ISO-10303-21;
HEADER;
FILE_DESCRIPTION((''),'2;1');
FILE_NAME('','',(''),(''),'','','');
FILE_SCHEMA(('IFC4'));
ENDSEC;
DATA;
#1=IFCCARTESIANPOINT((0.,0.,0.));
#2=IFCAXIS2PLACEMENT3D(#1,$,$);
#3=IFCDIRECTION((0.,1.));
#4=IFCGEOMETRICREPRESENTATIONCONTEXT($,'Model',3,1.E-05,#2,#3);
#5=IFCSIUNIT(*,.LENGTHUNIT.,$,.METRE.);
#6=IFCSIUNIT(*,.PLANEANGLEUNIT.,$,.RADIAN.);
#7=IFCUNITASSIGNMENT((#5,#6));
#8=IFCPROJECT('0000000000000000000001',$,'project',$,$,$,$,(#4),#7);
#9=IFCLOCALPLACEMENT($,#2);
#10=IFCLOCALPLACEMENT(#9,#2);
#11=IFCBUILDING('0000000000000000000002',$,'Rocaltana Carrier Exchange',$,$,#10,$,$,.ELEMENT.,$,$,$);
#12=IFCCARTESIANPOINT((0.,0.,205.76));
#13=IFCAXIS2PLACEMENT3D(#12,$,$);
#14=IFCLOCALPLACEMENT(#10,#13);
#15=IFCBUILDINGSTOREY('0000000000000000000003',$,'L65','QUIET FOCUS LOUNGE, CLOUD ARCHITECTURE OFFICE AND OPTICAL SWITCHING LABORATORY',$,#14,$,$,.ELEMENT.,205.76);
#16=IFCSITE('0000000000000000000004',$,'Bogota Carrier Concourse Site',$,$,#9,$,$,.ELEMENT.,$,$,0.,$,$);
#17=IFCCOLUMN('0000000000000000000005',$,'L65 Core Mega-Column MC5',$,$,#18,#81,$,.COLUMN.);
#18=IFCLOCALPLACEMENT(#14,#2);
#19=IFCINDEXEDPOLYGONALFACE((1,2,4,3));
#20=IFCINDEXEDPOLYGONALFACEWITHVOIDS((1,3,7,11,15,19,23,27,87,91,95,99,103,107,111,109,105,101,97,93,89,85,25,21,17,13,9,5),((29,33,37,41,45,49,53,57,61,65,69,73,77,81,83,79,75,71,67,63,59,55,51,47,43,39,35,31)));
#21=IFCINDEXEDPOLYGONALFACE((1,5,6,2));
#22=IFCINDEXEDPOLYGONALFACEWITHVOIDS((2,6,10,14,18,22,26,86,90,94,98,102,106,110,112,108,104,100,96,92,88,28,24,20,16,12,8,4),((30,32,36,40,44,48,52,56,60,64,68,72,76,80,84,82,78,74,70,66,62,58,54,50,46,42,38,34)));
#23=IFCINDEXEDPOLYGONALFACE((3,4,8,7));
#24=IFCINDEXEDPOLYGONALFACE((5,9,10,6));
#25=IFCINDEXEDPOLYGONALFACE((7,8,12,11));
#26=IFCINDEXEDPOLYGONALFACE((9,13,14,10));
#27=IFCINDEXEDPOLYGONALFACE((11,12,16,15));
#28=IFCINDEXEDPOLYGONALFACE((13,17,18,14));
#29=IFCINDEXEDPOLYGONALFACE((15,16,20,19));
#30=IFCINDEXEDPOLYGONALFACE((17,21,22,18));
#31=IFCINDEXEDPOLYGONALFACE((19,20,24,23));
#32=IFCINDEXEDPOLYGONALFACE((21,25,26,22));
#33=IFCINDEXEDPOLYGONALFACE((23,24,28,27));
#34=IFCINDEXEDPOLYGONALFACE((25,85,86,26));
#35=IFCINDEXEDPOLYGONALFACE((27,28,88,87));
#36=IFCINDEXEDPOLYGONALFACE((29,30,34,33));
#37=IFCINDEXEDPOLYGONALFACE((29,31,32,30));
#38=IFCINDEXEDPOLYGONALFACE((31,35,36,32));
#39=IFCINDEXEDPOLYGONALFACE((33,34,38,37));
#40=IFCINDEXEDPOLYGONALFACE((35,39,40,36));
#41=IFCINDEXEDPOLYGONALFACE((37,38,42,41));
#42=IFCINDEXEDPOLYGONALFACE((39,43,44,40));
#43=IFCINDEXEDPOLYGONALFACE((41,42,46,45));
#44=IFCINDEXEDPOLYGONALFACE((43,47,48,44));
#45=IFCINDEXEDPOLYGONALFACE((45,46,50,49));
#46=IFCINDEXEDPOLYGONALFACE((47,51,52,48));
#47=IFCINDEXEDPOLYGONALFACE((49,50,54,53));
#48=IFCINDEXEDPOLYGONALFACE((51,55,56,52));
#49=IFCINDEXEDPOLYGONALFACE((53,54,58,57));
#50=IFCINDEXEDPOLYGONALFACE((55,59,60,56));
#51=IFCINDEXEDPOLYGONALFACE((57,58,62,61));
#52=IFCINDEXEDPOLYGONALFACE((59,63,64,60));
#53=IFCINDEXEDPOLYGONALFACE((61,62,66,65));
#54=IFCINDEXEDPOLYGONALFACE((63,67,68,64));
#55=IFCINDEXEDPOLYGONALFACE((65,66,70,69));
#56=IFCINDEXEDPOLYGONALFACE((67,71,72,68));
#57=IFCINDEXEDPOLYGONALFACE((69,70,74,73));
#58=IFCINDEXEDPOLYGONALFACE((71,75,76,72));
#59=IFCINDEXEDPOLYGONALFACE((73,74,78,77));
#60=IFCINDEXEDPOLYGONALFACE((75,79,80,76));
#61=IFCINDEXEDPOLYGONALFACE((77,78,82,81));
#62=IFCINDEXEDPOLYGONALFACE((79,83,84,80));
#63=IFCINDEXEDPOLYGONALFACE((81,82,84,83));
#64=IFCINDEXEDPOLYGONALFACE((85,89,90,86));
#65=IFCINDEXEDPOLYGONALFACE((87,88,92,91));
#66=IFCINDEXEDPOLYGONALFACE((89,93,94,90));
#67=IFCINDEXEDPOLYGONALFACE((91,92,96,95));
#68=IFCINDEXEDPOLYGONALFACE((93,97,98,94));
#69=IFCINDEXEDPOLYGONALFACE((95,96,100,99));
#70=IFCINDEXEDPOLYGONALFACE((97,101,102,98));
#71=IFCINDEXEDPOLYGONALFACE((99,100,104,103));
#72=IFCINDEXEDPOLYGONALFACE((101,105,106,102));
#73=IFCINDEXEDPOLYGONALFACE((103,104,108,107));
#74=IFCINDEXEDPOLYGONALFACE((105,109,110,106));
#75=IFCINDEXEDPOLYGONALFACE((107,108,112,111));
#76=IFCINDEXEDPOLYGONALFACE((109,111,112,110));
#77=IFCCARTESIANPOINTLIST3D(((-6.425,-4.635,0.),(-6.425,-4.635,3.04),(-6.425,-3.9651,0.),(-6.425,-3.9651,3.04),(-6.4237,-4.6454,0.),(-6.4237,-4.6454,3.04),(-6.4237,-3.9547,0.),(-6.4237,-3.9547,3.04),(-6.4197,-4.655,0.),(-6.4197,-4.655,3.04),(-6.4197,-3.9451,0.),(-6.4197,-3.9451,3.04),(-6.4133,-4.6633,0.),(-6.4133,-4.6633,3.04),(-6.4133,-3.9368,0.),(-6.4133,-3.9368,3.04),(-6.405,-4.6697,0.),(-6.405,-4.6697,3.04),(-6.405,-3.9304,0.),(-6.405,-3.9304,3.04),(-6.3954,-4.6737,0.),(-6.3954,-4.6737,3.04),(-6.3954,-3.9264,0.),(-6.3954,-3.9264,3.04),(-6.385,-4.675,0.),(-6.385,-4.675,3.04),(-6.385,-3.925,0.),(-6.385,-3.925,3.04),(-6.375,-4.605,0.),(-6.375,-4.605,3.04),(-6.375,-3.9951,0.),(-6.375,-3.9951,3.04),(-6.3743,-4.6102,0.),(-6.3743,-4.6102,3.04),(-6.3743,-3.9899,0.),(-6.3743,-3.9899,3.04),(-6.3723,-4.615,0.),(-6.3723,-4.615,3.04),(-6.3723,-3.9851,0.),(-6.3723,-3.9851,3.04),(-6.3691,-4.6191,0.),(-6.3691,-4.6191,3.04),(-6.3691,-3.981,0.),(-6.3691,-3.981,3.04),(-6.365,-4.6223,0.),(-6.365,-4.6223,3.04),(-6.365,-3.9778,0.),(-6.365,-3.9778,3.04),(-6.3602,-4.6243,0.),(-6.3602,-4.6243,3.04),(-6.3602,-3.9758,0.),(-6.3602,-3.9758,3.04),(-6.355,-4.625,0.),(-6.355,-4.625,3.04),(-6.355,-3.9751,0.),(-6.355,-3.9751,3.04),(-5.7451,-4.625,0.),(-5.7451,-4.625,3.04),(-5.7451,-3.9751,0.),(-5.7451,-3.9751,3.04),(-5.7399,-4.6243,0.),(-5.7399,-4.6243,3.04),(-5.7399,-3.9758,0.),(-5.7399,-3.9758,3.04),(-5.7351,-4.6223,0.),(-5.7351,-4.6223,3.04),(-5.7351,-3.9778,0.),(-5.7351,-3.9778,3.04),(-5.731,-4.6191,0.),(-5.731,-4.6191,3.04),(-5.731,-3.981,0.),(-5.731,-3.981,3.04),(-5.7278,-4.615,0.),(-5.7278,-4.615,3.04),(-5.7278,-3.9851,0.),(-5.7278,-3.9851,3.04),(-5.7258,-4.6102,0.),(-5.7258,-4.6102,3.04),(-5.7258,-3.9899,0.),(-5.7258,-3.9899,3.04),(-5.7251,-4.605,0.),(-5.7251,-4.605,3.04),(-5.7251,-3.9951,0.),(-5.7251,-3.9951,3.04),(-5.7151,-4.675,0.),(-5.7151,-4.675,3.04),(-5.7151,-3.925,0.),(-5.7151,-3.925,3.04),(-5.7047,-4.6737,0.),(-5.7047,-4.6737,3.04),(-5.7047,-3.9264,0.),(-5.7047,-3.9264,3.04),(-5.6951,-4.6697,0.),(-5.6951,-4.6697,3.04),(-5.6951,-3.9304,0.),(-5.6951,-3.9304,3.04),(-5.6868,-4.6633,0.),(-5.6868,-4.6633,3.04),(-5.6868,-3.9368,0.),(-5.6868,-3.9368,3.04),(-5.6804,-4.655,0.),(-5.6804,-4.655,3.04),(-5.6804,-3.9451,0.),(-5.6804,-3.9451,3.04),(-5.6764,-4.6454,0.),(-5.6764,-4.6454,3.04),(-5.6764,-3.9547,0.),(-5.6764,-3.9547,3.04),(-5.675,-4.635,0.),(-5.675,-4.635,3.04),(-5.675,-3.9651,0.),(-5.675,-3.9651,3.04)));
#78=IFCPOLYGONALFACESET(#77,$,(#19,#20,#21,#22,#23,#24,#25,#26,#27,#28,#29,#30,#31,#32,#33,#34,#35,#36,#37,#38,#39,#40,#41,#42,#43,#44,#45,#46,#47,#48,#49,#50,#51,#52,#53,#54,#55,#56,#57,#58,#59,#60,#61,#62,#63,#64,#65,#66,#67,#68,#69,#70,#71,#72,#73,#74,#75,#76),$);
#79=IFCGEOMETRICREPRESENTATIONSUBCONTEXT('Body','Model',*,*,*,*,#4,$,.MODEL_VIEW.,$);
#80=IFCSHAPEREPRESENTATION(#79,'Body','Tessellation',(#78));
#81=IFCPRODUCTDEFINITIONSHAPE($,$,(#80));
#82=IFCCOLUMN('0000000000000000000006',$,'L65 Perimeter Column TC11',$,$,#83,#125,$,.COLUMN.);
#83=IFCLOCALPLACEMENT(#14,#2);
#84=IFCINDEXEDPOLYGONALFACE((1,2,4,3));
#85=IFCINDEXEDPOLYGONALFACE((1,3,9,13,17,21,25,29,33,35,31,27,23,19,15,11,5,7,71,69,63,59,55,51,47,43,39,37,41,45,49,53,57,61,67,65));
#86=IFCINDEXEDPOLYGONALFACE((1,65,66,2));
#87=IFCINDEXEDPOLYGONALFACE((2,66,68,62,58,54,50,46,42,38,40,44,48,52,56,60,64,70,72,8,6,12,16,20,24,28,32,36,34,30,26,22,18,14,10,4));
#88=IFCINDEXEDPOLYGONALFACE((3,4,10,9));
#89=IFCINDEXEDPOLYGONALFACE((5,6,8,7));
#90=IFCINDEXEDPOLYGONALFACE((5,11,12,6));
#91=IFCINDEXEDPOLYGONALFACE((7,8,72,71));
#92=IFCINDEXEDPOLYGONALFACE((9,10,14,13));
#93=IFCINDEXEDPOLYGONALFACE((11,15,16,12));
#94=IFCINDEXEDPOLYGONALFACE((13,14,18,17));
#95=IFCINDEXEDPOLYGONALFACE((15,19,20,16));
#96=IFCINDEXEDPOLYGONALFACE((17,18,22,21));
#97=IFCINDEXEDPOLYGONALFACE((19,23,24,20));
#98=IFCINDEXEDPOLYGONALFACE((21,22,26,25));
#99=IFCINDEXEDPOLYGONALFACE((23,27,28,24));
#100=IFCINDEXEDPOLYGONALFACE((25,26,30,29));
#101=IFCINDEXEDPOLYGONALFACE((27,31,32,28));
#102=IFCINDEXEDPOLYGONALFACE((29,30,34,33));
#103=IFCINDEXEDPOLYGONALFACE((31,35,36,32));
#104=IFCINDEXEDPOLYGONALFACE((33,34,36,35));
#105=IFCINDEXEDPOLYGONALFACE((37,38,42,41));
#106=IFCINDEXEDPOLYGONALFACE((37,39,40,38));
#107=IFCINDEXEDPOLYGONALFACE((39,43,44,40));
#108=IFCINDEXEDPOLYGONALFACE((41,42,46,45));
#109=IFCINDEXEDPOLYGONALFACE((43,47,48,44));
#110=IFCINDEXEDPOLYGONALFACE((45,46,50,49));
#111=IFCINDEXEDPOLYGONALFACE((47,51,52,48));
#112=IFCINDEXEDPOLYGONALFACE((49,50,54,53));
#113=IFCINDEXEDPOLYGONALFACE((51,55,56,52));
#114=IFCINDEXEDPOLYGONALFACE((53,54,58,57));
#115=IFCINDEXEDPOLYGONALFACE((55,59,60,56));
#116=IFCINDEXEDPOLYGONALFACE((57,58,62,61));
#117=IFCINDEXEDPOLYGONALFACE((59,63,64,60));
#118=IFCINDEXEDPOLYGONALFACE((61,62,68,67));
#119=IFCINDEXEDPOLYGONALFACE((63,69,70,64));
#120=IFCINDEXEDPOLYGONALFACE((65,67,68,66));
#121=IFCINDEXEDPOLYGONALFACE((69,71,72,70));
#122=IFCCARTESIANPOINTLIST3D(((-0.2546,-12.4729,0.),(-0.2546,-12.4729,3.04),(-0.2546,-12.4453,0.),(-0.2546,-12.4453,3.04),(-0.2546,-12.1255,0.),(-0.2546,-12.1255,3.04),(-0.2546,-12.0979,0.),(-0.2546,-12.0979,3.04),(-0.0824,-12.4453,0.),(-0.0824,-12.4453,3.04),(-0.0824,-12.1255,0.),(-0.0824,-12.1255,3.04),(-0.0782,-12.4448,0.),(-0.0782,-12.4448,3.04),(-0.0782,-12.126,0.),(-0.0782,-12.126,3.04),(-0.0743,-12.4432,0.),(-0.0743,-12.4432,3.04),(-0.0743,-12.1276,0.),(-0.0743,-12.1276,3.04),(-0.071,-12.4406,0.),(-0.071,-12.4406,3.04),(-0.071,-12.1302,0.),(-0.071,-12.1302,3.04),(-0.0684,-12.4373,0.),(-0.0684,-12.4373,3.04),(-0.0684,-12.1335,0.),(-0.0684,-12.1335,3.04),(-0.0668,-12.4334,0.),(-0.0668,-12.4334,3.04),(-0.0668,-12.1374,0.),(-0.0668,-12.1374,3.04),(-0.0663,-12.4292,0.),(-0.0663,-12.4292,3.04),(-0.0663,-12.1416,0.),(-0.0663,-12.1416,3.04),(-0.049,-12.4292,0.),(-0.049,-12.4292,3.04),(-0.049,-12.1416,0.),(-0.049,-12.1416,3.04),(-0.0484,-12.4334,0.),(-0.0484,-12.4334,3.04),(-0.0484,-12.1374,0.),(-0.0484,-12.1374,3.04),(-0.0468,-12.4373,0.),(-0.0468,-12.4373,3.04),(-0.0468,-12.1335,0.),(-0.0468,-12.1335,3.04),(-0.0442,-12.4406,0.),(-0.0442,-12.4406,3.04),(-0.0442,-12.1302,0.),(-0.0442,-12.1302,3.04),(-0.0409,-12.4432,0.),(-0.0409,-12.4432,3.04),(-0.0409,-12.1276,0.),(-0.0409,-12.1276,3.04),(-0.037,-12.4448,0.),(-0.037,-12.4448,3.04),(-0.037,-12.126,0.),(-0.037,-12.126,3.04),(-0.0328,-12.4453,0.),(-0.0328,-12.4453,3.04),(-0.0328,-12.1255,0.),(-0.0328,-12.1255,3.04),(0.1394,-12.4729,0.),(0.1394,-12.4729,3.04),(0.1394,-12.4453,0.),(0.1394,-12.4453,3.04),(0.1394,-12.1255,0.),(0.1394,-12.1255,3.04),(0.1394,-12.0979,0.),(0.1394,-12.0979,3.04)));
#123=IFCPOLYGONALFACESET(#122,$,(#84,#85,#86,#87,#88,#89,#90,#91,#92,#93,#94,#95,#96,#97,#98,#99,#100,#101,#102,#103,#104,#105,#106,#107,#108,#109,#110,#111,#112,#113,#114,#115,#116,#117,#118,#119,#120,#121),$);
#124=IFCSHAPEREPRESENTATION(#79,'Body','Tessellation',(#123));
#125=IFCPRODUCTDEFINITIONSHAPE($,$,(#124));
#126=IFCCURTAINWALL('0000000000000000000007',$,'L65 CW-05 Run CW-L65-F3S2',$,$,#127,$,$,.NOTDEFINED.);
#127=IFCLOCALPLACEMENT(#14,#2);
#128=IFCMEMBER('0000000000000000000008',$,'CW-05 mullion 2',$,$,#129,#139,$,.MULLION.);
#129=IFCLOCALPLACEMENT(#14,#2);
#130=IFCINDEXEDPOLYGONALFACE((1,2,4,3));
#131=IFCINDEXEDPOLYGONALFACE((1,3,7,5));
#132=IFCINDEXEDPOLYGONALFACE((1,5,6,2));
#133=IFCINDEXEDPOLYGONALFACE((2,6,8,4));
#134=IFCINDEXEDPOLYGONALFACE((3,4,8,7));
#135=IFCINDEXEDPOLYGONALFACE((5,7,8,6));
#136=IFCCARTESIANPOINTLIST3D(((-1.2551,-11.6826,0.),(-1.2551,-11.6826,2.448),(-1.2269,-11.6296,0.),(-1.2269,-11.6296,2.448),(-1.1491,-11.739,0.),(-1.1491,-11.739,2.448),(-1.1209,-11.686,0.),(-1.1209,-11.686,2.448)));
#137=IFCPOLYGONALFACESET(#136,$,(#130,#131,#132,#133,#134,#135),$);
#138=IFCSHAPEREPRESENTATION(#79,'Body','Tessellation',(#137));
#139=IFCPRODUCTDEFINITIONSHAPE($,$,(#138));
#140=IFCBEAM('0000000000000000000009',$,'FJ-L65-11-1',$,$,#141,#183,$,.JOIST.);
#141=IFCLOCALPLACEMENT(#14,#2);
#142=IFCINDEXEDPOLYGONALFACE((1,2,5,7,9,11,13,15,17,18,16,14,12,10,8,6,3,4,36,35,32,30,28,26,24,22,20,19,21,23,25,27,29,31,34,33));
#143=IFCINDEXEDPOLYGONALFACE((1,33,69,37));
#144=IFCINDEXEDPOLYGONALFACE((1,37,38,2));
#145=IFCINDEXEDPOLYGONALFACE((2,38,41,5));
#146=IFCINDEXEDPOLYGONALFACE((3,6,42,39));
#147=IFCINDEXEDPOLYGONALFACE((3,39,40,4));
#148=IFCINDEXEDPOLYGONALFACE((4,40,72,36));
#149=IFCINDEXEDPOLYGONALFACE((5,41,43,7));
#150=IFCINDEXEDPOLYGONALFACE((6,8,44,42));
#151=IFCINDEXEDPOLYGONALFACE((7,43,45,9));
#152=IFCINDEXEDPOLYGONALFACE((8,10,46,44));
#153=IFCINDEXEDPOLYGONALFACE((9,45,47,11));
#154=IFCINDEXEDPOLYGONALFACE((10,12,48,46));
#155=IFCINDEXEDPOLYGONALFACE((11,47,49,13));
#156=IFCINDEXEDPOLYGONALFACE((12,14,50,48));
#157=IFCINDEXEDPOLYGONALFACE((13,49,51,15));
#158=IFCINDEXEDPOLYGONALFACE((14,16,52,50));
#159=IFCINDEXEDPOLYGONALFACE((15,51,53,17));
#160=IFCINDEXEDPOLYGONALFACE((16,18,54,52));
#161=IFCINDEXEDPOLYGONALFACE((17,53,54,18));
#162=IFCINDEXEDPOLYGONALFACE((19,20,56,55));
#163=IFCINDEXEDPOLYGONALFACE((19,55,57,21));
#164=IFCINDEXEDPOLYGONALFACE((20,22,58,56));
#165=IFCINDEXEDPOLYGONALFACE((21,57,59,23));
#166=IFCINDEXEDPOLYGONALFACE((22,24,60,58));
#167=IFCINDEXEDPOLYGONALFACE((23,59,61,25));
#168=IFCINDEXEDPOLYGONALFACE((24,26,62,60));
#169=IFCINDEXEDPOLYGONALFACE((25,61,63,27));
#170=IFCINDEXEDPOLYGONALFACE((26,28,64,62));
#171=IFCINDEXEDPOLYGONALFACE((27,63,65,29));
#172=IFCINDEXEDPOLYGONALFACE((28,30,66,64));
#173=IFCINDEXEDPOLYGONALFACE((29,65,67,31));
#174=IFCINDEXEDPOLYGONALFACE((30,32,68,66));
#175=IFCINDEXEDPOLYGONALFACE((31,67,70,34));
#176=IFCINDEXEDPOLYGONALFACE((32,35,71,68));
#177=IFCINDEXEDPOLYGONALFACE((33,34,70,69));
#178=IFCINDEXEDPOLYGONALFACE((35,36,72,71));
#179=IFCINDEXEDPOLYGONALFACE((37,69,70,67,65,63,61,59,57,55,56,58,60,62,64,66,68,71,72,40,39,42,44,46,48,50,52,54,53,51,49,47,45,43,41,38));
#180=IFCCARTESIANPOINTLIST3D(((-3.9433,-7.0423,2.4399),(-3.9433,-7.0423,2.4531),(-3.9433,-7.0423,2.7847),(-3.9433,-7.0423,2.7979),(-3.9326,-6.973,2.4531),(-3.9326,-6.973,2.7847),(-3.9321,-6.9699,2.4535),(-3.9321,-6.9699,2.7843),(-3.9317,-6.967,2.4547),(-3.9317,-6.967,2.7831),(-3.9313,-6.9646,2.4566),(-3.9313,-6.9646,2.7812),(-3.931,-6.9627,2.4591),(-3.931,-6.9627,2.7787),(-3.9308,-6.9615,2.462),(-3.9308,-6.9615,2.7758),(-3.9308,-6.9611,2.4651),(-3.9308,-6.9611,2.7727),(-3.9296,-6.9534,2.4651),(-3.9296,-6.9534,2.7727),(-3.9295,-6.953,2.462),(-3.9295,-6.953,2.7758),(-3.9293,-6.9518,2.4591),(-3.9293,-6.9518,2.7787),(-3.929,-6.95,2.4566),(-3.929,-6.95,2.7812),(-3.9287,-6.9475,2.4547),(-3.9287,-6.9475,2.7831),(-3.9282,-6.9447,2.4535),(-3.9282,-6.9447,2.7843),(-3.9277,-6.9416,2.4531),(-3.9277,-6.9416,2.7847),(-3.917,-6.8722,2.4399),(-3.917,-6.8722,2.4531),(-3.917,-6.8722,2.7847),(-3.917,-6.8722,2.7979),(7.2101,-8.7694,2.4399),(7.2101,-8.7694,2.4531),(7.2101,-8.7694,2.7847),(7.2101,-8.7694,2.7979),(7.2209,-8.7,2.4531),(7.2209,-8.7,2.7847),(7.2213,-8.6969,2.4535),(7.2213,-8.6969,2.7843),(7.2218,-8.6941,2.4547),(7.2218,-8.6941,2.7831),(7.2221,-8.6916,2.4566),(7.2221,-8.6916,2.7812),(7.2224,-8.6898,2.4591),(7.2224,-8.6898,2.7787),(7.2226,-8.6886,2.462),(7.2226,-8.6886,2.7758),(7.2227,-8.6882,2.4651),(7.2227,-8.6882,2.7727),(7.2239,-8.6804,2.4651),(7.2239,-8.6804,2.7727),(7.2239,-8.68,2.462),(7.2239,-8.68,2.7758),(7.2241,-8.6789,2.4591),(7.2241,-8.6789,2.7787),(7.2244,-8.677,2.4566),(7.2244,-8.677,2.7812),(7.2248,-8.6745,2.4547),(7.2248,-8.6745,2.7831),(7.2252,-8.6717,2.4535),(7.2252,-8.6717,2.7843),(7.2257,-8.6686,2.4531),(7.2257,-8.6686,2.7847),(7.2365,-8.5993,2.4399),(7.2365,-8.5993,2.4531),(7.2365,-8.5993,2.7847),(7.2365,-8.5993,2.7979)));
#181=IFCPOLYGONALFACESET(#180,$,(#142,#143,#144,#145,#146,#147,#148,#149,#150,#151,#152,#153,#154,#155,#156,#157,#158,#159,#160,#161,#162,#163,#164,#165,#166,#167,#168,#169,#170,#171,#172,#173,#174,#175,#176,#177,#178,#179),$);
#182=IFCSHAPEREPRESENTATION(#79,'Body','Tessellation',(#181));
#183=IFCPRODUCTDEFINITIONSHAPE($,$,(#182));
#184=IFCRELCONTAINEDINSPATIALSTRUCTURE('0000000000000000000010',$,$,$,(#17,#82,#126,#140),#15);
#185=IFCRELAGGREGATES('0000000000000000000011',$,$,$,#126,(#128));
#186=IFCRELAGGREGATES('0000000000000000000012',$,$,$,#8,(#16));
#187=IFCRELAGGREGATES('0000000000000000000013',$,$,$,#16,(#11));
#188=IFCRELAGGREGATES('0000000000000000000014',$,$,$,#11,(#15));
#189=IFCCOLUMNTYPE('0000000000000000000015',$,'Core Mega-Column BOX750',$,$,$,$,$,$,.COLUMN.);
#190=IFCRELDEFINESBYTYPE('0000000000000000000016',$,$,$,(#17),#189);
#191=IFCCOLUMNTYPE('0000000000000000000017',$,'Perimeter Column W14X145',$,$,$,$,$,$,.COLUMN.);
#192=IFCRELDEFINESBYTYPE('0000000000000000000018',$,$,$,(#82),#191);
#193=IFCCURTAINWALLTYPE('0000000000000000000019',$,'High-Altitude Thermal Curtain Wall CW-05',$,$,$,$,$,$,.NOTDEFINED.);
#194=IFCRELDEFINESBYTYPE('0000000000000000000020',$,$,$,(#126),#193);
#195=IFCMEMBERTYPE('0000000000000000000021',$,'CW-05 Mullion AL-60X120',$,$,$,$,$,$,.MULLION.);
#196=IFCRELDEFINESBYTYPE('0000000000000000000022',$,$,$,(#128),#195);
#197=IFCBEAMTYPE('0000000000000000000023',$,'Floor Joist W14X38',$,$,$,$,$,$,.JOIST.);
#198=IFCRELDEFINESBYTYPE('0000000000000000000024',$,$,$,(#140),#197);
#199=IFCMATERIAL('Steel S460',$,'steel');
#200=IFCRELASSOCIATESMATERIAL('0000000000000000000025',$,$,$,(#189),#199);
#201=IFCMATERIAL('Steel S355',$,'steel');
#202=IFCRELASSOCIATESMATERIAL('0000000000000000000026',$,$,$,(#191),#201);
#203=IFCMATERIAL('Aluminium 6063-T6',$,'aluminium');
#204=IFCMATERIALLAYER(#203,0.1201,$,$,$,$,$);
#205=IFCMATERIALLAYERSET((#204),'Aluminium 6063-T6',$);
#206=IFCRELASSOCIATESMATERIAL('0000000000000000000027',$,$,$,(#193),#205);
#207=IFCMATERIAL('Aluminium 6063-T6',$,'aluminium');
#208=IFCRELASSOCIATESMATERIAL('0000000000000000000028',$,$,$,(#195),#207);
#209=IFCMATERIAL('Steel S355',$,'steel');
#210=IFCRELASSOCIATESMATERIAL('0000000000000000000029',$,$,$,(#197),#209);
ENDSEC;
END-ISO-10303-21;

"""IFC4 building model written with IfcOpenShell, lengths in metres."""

from ifc_helpers import new_model, si_unit, direction, frame, origin, origin_2d, place, context, subcontext, project, spatial, rectangle, hollow_rectangle, i_section, extrude, material, layer, layer_set, material_profile, profile_set, type_object, element, aggregate, save


model = new_model("IFC4")

# Units and contexts
model_context = context("Model", 3, precision=1e-05, world=origin(), true_north=direction((0.0, 1.0)))
body_context = subcontext(model_context, "Body", "Model", "MODEL_VIEW")
ifc_project = project(units=[si_unit("LENGTHUNIT", "METRE"), si_unit("PLANEANGLEUNIT", "RADIAN")], contexts=[model_context])

# Site, building, storey
site_placement = place(None, origin())
site = spatial("IfcSite", under=ifc_project, at=site_placement, Name="Bogota Carrier Concourse Site", CompositionType="ELEMENT", RefElevation=0.0)
building_placement = place(site_placement, origin())
building = spatial("IfcBuilding", under=site, at=building_placement, Name="Rocaltana Carrier Exchange", CompositionType="ELEMENT")
storey_placement = place(building_placement, frame((0.0, 0.0, 205.76)))
storey = spatial("IfcBuildingStorey", under=building, at=storey_placement, Name="L65", Description="QUIET FOCUS LOUNGE, CLOUD ARCHITECTURE OFFICE AND OPTICAL SWITCHING LABORATORY", CompositionType="ELEMENT", Elevation=205.76)

# Columns
ifc_material_1 = material(Name="Steel S460", Category="steel")
ifc_material_profile_1 = material_profile(ifc_material_1, hollow_rectangle(XDim=0.75, YDim=0.75, WallThickness=0.05, InnerFilletRadius=0.02, OuterFilletRadius=0.04, at=origin_2d()), Name="BOX750X750X50")
ifc_profile_set_1 = profile_set([ifc_material_profile_1], Name="Steel S460")
column_type_1 = type_object("IfcColumnType", Name="Core Mega-Column BOX750", PredefinedType="COLUMN", material=ifc_profile_set_1)
column_1_placement = place(storey_placement, frame((-6.05, -4.3, 0.0), z_axis=(0.0, 0.0, 1.0), x_axis=(1.0, 0.0, 0.0)))
element("IfcColumn", 1, at=column_1_placement, inside=storey, type_object=column_type_1, Name="L65 Core Mega-Column MC5", PredefinedType="COLUMN", context=body_context, shape_type="SweptSolid", body=[
    extrude(hollow_rectangle(XDim=0.75, YDim=0.75, WallThickness=0.05, InnerFilletRadius=0.02, OuterFilletRadius=0.04, at=origin_2d()), origin(), (0.0, 0.0, 1.0), 3.04),
])
ifc_material_2 = material(Name="Steel S355", Category="steel")
ifc_material_profile_2 = material_profile(ifc_material_2, i_section(OverallWidth=0.394, OverallDepth=0.375, WebThickness=0.0173, FlangeThickness=0.0276, FilletRadius=0.0161, at=origin_2d()), Name="W14X145")
ifc_profile_set_2 = profile_set([ifc_material_profile_2], Name="Steel S355")
column_type_2 = type_object("IfcColumnType", Name="Perimeter Column W14X145", PredefinedType="COLUMN", material=ifc_profile_set_2)
column_2_placement = place(storey_placement, frame((-0.0576, -12.2854, 0.0), z_axis=(0.0, 0.0, 1.0), x_axis=(1.0, 0.0, 0.0)))
element("IfcColumn", 2, at=column_2_placement, inside=storey, type_object=column_type_2, Name="L65 Perimeter Column TC11", PredefinedType="COLUMN", context=body_context, shape_type="SweptSolid", body=[
    extrude(i_section(OverallWidth=0.394, OverallDepth=0.375, WebThickness=0.0173, FlangeThickness=0.0276, FilletRadius=0.0161, at=origin_2d()), origin(), (0.0, 0.0, 1.0), 3.04),
])

# Curtain wall, member
ifc_material_3 = material(Name="Aluminium 6063-T6", Category="aluminium")
ifc_layer_1 = layer(ifc_material_3, 0.1201)
ifc_layer_set_1 = layer_set([ifc_layer_1], Name="Aluminium 6063-T6")
curtain_wall_type = type_object("IfcCurtainWallType", Name="High-Altitude Thermal Curtain Wall CW-05", PredefinedType="NOTDEFINED", material=ifc_layer_set_1)
curtain_wall_placement = place(storey_placement, origin())
curtain_wall = element("IfcCurtainWall", 3, at=curtain_wall_placement, inside=storey, type_object=curtain_wall_type, Name="L65 CW-05 Run CW-L65-F3S2", PredefinedType="NOTDEFINED")
ifc_material_4 = material(Name="Aluminium 6063-T6", Category="aluminium")
ifc_material_profile_3 = material_profile(ifc_material_4, rectangle(XDim=0.0601, YDim=0.1201, at=origin_2d()), Name="AL-60X120")
ifc_profile_set_3 = profile_set([ifc_material_profile_3], Name="Aluminium 6063-T6")
member_type = type_object("IfcMemberType", Name="CW-05 Mullion AL-60X120", PredefinedType="MULLION", material=ifc_profile_set_3)
member_placement = place(storey_placement, frame((-1.188, -11.6843, 0.0), z_axis=(0.0, 0.0, 1.0), x_axis=(0.469479, 0.882943, 0.0)))
member = element("IfcMember", 4, at=member_placement, type_object=member_type, Name="CW-05 mullion 2", PredefinedType="MULLION", context=body_context, shape_type="SweptSolid", body=[
    extrude(rectangle(XDim=0.0601, YDim=0.1201, at=origin_2d()), origin(), (0.0, 0.0, 1.0), 2.448),
])

# Beam
ifc_material_5 = material(Name="Steel S355", Category="steel")
ifc_material_profile_4 = material_profile(ifc_material_5, i_section(OverallWidth=0.1721, OverallDepth=0.3579, WebThickness=0.0078, FlangeThickness=0.0132, FilletRadius=0.012, at=origin_2d()), Name="W14X38")
ifc_profile_set_4 = profile_set([ifc_material_profile_4], Name="Steel S355")
beam_type_1 = type_object("IfcBeamType", Name="Floor Joist W14X38", PredefinedType="JOIST", material=ifc_profile_set_4)
beam_1_placement = place(storey_placement, frame((-3.9302, -6.9573, 2.6189), z_axis=(0.988223, -0.153019, 0.0), x_axis=(0.153019, 0.988223, 0.0)))
element("IfcBeam", 5, at=beam_1_placement, inside=storey, type_object=beam_type_1, Name="FJ-L65-11-1", PredefinedType="JOIST", context=body_context, shape_type="SweptSolid", body=[
    extrude(i_section(OverallWidth=0.1721, OverallDepth=0.3579, WebThickness=0.0078, FlangeThickness=0.0132, FilletRadius=0.012, at=origin_2d()), origin(), (0.0, 0.0, 1.0), 11.2864),
])

aggregate(curtain_wall, [member])

save(model, "model.ifc")
